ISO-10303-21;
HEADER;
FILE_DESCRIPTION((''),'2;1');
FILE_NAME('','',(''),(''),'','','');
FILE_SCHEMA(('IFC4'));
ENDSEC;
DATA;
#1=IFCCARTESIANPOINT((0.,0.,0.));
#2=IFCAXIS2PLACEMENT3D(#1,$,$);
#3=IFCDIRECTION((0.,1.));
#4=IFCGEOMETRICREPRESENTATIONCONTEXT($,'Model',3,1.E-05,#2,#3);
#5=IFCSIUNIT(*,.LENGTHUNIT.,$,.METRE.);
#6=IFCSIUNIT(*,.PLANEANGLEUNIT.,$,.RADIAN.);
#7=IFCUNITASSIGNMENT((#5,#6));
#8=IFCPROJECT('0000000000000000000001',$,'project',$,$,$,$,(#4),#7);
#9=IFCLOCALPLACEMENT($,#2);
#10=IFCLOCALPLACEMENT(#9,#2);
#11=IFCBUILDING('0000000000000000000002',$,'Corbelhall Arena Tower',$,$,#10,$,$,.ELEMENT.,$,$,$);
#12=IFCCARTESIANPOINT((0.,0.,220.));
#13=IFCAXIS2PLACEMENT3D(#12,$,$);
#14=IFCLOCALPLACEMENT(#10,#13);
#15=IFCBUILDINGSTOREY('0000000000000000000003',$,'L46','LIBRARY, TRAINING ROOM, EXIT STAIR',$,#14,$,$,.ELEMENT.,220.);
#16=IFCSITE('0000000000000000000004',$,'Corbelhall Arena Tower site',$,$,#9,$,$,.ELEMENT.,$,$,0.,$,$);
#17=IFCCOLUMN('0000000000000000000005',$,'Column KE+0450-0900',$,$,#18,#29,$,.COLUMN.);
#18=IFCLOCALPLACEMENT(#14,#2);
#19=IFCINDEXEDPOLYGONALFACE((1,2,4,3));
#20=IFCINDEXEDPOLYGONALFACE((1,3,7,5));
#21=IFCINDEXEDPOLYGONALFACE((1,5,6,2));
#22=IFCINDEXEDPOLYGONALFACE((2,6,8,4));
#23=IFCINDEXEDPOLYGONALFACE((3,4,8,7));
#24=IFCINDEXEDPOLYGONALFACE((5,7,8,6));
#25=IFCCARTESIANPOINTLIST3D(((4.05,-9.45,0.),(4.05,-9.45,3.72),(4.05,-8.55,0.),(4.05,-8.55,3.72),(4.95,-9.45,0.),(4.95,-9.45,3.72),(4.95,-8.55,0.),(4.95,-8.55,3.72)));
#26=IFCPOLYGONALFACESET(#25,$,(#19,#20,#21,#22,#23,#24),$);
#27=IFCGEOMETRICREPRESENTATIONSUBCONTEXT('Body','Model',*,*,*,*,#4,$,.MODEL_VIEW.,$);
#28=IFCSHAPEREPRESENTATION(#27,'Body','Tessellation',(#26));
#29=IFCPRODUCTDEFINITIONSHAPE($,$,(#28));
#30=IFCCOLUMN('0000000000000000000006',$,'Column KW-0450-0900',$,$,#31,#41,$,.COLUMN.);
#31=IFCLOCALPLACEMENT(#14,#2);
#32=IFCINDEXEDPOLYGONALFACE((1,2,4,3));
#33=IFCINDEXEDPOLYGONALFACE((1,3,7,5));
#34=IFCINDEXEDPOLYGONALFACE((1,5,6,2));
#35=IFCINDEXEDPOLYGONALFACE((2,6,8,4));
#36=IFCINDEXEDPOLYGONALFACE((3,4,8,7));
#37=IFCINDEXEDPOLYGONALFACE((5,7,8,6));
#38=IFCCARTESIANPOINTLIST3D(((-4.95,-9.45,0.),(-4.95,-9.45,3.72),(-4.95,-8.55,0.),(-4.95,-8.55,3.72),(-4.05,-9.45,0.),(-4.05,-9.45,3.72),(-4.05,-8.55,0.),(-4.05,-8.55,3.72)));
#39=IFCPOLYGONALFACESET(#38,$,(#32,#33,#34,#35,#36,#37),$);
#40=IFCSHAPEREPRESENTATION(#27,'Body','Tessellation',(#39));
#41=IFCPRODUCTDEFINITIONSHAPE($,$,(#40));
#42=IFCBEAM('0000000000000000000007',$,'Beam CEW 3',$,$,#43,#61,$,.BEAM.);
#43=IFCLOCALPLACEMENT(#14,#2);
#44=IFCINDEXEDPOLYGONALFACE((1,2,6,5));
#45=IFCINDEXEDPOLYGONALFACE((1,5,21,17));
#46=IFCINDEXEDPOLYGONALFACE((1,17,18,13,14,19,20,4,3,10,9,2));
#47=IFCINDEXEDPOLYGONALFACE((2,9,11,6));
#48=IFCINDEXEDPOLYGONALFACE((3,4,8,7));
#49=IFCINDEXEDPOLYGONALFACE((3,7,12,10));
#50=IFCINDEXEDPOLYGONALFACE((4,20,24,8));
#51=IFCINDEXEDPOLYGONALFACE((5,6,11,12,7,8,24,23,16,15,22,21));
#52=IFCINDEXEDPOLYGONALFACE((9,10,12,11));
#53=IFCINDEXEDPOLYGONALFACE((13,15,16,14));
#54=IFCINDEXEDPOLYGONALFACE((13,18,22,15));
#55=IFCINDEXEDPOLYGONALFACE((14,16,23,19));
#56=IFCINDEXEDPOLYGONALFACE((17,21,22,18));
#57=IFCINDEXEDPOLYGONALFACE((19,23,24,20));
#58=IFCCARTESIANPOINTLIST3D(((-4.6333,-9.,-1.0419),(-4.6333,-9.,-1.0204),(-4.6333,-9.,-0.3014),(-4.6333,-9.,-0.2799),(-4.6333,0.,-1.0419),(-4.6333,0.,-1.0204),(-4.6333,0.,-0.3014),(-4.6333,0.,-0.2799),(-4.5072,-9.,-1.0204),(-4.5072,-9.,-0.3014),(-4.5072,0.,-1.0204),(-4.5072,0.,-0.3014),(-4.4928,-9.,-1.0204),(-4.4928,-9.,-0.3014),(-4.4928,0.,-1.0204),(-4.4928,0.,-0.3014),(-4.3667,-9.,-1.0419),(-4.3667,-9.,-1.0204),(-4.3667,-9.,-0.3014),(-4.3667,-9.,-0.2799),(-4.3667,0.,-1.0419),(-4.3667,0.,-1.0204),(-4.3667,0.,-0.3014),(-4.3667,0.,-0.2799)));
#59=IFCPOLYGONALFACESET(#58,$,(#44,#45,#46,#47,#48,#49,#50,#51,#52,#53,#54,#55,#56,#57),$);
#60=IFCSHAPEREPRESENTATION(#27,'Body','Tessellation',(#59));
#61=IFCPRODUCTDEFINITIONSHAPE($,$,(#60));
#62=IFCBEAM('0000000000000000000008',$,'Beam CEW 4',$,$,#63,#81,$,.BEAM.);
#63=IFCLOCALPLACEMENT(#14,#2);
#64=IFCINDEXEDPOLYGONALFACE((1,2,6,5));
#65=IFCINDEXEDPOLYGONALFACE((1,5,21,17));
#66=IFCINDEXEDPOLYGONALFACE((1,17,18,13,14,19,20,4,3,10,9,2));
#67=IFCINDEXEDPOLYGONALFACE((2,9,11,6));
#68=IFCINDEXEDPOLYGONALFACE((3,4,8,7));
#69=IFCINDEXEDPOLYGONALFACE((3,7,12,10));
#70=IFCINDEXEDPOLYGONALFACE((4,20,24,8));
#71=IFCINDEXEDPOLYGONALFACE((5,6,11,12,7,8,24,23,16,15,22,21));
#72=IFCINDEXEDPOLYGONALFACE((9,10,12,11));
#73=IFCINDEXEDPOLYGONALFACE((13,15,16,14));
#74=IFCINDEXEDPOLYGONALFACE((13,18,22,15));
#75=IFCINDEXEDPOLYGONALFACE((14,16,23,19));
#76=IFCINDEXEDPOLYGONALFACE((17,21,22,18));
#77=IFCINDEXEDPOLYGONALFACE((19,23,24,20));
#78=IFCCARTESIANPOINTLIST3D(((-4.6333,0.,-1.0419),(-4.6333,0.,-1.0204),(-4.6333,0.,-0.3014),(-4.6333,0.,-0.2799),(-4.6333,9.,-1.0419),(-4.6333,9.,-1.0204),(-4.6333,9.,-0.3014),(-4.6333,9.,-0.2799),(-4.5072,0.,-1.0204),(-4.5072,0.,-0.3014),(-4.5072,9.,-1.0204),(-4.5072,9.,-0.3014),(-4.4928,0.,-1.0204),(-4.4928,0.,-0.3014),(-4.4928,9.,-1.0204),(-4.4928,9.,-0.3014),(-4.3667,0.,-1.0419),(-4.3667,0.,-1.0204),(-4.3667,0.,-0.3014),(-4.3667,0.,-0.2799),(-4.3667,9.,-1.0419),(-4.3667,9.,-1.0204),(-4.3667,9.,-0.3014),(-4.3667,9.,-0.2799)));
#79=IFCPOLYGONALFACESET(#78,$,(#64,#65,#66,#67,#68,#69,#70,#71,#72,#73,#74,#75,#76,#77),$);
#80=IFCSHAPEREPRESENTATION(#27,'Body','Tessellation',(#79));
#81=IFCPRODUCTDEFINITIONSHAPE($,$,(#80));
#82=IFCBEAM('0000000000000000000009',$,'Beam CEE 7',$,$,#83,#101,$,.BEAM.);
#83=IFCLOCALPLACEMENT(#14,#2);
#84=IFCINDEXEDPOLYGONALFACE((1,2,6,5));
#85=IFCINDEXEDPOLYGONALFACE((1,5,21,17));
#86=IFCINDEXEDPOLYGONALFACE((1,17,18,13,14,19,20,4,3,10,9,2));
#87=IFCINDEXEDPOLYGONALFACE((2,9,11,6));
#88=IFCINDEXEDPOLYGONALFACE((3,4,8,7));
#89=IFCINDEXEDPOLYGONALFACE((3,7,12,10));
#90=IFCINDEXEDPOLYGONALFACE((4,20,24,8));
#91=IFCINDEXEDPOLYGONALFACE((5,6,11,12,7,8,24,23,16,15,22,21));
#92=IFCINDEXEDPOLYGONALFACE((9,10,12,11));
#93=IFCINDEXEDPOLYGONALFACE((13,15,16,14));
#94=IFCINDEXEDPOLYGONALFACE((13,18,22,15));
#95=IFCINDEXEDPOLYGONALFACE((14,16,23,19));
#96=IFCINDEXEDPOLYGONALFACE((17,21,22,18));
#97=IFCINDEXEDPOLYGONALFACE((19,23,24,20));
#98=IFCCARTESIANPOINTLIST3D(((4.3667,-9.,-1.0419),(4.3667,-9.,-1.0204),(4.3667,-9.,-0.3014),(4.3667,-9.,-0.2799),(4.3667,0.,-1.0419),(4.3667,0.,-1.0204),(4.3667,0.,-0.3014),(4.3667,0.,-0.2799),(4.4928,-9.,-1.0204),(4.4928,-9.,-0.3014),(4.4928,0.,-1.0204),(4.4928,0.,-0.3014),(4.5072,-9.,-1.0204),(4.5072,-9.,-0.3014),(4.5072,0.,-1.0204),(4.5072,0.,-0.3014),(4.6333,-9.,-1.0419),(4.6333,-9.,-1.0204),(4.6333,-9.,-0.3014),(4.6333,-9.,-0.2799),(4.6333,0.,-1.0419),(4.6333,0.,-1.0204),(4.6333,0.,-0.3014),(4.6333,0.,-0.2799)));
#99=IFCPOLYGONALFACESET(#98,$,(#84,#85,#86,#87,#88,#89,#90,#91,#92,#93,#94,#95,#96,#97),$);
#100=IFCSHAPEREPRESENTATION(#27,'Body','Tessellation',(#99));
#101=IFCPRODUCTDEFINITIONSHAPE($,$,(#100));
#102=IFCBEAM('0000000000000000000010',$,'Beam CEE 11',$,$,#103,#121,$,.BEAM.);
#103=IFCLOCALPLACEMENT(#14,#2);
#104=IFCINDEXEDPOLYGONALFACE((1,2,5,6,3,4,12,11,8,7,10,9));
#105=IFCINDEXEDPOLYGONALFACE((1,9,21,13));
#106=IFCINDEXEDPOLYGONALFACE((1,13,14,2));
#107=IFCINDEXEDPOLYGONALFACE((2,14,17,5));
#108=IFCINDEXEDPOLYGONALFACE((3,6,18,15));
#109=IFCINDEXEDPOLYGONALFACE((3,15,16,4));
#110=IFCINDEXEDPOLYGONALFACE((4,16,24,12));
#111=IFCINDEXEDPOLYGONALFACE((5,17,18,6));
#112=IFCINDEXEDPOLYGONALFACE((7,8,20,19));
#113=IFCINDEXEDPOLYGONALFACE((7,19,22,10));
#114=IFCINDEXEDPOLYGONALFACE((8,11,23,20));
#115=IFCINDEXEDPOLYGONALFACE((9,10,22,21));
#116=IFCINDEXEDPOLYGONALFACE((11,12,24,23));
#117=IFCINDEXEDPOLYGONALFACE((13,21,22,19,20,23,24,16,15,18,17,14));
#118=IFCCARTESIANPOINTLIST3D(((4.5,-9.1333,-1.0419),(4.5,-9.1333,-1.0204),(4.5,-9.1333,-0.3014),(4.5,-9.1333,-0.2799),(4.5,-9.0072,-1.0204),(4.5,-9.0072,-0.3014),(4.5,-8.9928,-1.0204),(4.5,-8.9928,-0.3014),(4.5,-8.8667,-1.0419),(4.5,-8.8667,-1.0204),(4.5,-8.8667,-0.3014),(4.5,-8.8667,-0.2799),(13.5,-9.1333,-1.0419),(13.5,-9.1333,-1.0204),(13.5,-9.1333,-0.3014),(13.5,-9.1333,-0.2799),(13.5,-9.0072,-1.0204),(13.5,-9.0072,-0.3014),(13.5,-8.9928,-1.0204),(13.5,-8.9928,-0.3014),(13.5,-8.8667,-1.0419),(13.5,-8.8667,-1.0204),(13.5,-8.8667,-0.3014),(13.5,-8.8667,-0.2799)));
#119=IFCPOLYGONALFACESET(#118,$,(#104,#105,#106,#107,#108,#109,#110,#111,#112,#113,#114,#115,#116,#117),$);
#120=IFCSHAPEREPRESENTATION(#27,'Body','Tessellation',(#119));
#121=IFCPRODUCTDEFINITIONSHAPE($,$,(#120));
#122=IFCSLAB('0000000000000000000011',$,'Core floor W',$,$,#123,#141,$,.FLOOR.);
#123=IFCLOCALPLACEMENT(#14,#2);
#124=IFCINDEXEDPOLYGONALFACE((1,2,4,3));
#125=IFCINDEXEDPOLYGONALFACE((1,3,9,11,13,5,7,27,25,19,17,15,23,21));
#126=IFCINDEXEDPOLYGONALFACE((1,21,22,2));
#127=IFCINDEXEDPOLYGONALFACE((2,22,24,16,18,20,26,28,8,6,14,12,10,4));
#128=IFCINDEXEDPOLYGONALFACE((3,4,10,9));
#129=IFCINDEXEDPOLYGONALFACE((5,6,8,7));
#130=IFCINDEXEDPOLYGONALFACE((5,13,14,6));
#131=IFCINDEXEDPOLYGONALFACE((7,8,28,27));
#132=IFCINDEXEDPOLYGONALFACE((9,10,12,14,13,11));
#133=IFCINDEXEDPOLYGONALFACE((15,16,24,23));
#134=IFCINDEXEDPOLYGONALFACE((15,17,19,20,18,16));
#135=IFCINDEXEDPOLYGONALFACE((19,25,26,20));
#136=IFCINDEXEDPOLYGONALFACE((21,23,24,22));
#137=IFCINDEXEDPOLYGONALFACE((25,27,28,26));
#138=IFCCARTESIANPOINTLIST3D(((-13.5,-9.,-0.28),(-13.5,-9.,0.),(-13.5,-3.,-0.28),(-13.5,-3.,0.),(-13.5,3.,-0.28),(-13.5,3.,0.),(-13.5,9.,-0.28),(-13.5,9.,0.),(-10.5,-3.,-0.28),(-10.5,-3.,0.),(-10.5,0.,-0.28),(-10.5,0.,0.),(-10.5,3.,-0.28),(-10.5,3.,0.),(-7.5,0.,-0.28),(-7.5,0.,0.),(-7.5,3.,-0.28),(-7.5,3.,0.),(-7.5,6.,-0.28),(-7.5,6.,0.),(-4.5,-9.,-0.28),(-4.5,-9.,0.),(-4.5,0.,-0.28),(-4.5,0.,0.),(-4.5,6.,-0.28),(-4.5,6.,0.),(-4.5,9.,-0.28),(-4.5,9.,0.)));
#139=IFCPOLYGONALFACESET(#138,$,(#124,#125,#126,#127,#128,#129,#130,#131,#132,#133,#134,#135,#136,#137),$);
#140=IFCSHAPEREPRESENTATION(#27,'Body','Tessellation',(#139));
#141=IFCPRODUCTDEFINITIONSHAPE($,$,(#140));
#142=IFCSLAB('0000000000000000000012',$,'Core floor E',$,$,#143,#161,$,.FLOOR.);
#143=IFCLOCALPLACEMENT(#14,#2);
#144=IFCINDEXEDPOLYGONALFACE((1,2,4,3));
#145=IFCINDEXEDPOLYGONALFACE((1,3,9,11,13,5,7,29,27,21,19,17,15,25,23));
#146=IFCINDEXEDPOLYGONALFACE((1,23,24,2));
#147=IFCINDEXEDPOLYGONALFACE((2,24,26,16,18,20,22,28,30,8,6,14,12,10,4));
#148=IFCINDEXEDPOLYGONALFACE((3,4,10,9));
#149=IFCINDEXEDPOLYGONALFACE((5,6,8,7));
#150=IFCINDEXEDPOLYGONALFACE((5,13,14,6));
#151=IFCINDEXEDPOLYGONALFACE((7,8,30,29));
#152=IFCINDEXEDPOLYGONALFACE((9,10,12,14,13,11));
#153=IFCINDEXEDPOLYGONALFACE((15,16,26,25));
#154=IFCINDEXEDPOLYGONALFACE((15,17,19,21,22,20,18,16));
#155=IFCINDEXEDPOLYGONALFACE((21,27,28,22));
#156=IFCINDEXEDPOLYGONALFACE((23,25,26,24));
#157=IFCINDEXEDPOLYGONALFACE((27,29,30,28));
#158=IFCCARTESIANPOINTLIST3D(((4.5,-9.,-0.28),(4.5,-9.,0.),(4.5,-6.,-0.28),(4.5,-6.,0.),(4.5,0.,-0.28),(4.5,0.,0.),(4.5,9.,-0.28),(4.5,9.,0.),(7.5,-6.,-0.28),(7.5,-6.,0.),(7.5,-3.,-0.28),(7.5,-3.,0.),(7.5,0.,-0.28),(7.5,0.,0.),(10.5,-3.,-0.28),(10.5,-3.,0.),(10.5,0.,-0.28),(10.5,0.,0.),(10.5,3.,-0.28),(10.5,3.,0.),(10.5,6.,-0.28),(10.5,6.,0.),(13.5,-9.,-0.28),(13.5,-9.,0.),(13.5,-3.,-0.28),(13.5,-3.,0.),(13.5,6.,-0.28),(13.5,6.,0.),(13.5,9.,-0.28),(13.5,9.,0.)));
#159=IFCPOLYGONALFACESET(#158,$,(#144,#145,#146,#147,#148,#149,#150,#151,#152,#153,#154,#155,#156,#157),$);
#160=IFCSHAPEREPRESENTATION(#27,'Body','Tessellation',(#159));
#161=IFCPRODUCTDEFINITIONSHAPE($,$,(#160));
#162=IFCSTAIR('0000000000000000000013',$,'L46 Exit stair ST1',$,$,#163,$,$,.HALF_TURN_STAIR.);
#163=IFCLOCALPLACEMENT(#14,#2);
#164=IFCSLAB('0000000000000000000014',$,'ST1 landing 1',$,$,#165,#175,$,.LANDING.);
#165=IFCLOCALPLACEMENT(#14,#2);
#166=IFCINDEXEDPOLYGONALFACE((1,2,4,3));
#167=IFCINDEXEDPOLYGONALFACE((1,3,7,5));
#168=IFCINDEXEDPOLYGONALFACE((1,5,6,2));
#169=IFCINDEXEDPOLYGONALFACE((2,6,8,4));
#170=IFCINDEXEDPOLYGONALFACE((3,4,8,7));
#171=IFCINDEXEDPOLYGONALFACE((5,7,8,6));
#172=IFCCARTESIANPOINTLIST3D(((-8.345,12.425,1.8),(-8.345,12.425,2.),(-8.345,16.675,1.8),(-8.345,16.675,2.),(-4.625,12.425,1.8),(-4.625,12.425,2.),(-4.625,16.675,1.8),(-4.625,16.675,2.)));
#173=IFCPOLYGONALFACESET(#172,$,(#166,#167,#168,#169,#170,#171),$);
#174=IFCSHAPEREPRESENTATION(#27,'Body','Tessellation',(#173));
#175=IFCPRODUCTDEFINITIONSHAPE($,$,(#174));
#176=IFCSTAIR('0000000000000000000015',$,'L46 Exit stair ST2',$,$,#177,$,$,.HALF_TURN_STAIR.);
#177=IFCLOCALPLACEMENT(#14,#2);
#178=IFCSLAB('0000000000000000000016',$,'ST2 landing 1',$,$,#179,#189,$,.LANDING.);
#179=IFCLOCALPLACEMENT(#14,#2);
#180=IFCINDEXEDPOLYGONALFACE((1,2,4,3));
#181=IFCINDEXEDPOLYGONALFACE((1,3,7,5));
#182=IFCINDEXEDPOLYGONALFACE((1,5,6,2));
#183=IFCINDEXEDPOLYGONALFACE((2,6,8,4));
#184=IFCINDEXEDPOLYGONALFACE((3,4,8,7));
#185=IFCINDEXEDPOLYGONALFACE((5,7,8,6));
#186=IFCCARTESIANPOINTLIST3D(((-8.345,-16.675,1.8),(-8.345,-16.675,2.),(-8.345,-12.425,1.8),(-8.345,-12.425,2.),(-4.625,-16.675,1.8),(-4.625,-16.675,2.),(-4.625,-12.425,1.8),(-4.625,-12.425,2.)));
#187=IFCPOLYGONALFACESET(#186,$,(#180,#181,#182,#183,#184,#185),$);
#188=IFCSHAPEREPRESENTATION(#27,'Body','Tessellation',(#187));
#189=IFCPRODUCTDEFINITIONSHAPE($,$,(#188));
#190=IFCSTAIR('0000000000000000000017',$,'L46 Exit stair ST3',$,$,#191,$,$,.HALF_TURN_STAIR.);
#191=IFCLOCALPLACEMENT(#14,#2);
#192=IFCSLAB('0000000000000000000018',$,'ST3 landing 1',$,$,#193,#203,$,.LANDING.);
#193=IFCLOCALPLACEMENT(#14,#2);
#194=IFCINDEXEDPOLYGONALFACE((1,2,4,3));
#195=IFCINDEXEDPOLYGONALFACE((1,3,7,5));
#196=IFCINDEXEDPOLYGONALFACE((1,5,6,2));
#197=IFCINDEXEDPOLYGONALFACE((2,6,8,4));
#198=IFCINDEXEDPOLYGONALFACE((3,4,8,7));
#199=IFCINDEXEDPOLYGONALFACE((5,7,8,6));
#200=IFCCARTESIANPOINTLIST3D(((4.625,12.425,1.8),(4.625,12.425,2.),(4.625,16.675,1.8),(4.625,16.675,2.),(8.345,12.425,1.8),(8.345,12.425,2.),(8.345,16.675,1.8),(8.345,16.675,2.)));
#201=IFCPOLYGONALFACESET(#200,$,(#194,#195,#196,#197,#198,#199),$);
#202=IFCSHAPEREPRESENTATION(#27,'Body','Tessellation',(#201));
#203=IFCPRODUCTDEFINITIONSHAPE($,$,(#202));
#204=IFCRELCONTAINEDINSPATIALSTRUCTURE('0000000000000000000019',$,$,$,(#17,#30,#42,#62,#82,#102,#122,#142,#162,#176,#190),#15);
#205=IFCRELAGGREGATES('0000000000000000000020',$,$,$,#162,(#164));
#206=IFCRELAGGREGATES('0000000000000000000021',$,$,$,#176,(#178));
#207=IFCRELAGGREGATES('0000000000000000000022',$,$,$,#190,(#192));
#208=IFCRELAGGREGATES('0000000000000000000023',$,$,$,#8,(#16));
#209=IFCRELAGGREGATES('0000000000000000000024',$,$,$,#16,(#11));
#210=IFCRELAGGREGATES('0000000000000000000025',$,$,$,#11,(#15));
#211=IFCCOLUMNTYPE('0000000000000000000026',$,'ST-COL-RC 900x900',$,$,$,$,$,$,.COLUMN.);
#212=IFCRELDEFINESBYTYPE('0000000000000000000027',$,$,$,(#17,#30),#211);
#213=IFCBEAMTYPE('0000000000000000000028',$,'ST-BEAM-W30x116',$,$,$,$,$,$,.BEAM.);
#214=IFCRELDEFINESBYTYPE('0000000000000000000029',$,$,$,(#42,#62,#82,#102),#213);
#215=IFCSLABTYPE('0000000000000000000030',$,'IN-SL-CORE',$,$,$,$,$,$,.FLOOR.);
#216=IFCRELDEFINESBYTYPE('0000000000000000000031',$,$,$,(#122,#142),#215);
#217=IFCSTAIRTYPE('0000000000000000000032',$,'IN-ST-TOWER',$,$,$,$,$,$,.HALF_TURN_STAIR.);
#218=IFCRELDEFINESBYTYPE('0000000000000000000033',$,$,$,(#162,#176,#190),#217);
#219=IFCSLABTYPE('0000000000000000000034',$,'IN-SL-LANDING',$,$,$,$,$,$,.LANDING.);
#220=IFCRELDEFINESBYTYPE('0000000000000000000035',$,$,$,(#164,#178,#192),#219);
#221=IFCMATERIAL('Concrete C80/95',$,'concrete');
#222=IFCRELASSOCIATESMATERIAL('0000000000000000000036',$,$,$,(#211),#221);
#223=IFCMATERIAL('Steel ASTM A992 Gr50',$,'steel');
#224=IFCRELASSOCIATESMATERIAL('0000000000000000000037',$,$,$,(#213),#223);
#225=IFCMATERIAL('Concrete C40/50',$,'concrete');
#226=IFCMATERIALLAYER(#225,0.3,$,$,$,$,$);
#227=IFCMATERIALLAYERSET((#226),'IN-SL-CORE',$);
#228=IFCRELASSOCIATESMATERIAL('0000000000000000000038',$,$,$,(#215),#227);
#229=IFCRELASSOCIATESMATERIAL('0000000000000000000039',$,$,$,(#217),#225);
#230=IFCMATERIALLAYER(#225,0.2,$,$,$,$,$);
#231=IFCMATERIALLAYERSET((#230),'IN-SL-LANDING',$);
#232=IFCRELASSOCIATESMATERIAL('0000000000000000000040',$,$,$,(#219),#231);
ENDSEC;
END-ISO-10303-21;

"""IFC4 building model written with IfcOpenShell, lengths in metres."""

from ifc_helpers import new_model, si_unit, direction, frame, origin, origin_2d, place, context, subcontext, project, spatial, polyline, rectangle, i_section, outline, extrude, material, layer, layer_set, material_profile, profile_set, type_object, element, aggregate, save


model = new_model("IFC4")

# Units and contexts
model_context = context("Model", 3, precision=1e-05, world=origin(), true_north=direction((0.0, 1.0)))
body_context = subcontext(model_context, "Body", "Model", "MODEL_VIEW")
ifc_project = project(units=[si_unit("LENGTHUNIT", "METRE"), si_unit("PLANEANGLEUNIT", "RADIAN")], contexts=[model_context])

# Site, building, storey
site_placement = place(None, origin())
site = spatial("IfcSite", under=ifc_project, at=site_placement, Name="Corbelhall Arena Tower site", CompositionType="ELEMENT", RefElevation=0.0)
building_placement = place(site_placement, origin())
building = spatial("IfcBuilding", under=site, at=building_placement, Name="Corbelhall Arena Tower", CompositionType="ELEMENT")
storey_placement = place(building_placement, frame((0.0, 0.0, 220.0)))
storey = spatial("IfcBuildingStorey", under=building, at=storey_placement, Name="L46", Description="LIBRARY, TRAINING ROOM, EXIT STAIR", CompositionType="ELEMENT", Elevation=220.0)

# Columns
ifc_material_1 = material(Name="Concrete C80/95", Category="concrete")
ifc_material_profile_1 = material_profile(ifc_material_1, rectangle(XDim=0.8999, YDim=0.8999, at=origin_2d()))
ifc_profile_set_1 = profile_set([ifc_material_profile_1], Name="Concrete C80/95")
column_type = type_object("IfcColumnType", Name="ST-COL-RC 900x900", PredefinedType="COLUMN", material=ifc_profile_set_1)
for number, where, z_axis, x_axis, name in (
    (1, (4.5, -9.0, 0.0), (0.0, 0.0, 1.0), (1.0, 0.0, 0.0), "Column KE+0450-0900"),
    (2, (-4.5, -9.0, 0.0), (0.0, 0.0, 1.0), (1.0, 0.0, 0.0), "Column KW-0450-0900"),
):
    element("IfcColumn", number, at=place(storey_placement, frame(where, z_axis=z_axis, x_axis=x_axis)), inside=storey, type_object=column_type, Name=name, PredefinedType="COLUMN", context=body_context, shape_type="SweptSolid", body=[
        extrude(rectangle(XDim=0.8999, YDim=0.8999, at=origin_2d()), origin(), (0.0, 0.0, 1.0), 3.72),
    ])

# Beams
ifc_material_2 = material(Name="Steel ASTM A992 Gr50", Category="steel")
ifc_material_profile_2 = material_profile(ifc_material_2, i_section(OverallWidth=0.2666, OverallDepth=0.762, WebThickness=0.0144, FlangeThickness=0.0215, at=origin_2d()))
ifc_profile_set_2 = profile_set([ifc_material_profile_2], Name="Steel ASTM A992 Gr50")
beam_type = type_object("IfcBeamType", Name="ST-BEAM-W30x116", PredefinedType="BEAM", material=ifc_profile_set_2)
for number, where, z_axis, x_axis, name in (
    (3, (-4.5, -9.0, -0.6609), (0.0, 1.0, 0.0), (-1.0, 0.0, 0.0), "Beam CEW 3"),
    (4, (-4.5, 0.0, -0.6609), (0.0, 1.0, 0.0), (-1.0, 0.0, 0.0), "Beam CEW 4"),
    (5, (4.5, -9.0, -0.6609), (0.0, 1.0, 0.0), (-1.0, 0.0, 0.0), "Beam CEE 7"),
    (6, (4.5, -9.0, -0.6609), (1.0, 0.0, 0.0), (0.0, 1.0, 0.0), "Beam CEE 11"),
):
    element("IfcBeam", number, at=place(storey_placement, frame(where, z_axis=z_axis, x_axis=x_axis)), inside=storey, type_object=beam_type, Name=name, PredefinedType="BEAM", context=body_context, shape_type="SweptSolid", body=[
        extrude(i_section(OverallWidth=0.2666, OverallDepth=0.762, WebThickness=0.0144, FlangeThickness=0.0215, at=origin_2d()), origin(), (0.0, 0.0, 1.0), 9.0),
    ])

# Slabs
ifc_material_3 = material(Name="Concrete C40/50", Category="concrete")
ifc_layer_1 = layer(ifc_material_3, 0.3)
ifc_layer_set_1 = layer_set([ifc_layer_1], Name="IN-SL-CORE")
slab_type_1 = type_object("IfcSlabType", Name="IN-SL-CORE", PredefinedType="FLOOR", material=ifc_layer_set_1)
slab_1_placement = place(storey_placement, frame((0.0, 0.0, -0.28)))
element("IfcSlab", 7, at=slab_1_placement, inside=storey, type_object=slab_type_1, Name="Core floor W", PredefinedType="FLOOR", context=body_context, shape_type="SweptSolid", body=[
    extrude(outline(polyline([(-10.5, -3.0), (-13.5, -3.0), (-13.5, -9.0), (-4.5, -9.0), (-4.5, 0.0), (-7.5, 0.0), (-7.5, 3.0), (-7.5, 6.0), (-4.5, 6.0), (-4.5, 9.0), (-13.5, 9.0), (-13.5, 3.0), (-10.5, 3.0), (-10.5, 0.0), (-10.5, -3.0)])), origin(), (0.0, 0.0, 1.0), 0.28),
])
slab_2_placement = place(storey_placement, frame((0.0, 0.0, -0.28)))
element("IfcSlab", 8, at=slab_2_placement, inside=storey, type_object=slab_type_1, Name="Core floor E", PredefinedType="FLOOR", context=body_context, shape_type="SweptSolid", body=[
    extrude(outline(polyline([(13.5, -3.0), (10.5, -3.0), (10.5, 0.0), (10.5, 3.0), (10.5, 6.0), (13.5, 6.0), (13.5, 9.0), (4.5, 9.0), (4.5, 0.0), (7.5, 0.0), (7.5, -3.0), (7.5, -6.0), (4.5, -6.0), (4.5, -9.0), (13.5, -9.0), (13.5, -3.0)])), origin(), (0.0, 0.0, 1.0), 0.28),
])

# Stairs, slabs
stair_type = type_object("IfcStairType", Name="IN-ST-TOWER", PredefinedType="HALF_TURN_STAIR", material=ifc_material_3)
stair_1_placement = place(storey_placement, origin())
stair_1 = element("IfcStair", 9, at=stair_1_placement, inside=storey, type_object=stair_type, Name="L46 Exit stair ST1", PredefinedType="HALF_TURN_STAIR")
ifc_layer_2 = layer(ifc_material_3, 0.2)
ifc_layer_set_2 = layer_set([ifc_layer_2], Name="IN-SL-LANDING")
slab_type_2 = type_object("IfcSlabType", Name="IN-SL-LANDING", PredefinedType="LANDING", material=ifc_layer_set_2)
slab_3_placement = place(storey_placement, frame((0.0, 0.0, 1.8)))
slab_3 = element("IfcSlab", 10, at=slab_3_placement, type_object=slab_type_2, Name="ST1 landing 1", PredefinedType="LANDING", context=body_context, shape_type="SweptSolid", body=[
    extrude(outline(polyline([(-8.345, 12.425), (-4.625, 12.425), (-4.625, 16.675), (-8.345, 16.675), (-8.345, 12.425)])), origin(), (0.0, 0.0, 1.0), 0.2),
])
aggregate(stair_1, [slab_3])
stair_2_placement = place(storey_placement, origin())
stair_2 = element("IfcStair", 11, at=stair_2_placement, inside=storey, type_object=stair_type, Name="L46 Exit stair ST2", PredefinedType="HALF_TURN_STAIR")
slab_4_placement = place(storey_placement, frame((0.0, 0.0, 1.8)))
slab_4 = element("IfcSlab", 12, at=slab_4_placement, type_object=slab_type_2, Name="ST2 landing 1", PredefinedType="LANDING", context=body_context, shape_type="SweptSolid", body=[
    extrude(outline(polyline([(-8.345, -16.675), (-4.625, -16.675), (-4.625, -12.425), (-8.345, -12.425), (-8.345, -16.675)])), origin(), (0.0, 0.0, 1.0), 0.2),
])
aggregate(stair_2, [slab_4])
stair_3_placement = place(storey_placement, origin())
stair_3 = element("IfcStair", 13, at=stair_3_placement, inside=storey, type_object=stair_type, Name="L46 Exit stair ST3", PredefinedType="HALF_TURN_STAIR")
slab_5_placement = place(storey_placement, frame((0.0, 0.0, 1.8)))
slab_5 = element("IfcSlab", 14, at=slab_5_placement, type_object=slab_type_2, Name="ST3 landing 1", PredefinedType="LANDING", context=body_context, shape_type="SweptSolid", body=[
    extrude(outline(polyline([(8.345, 16.675), (4.625, 16.675), (4.625, 12.425), (8.345, 12.425), (8.345, 16.675)])), origin(), (0.0, 0.0, 1.0), 0.2),
])
aggregate(stair_3, [slab_5])

save(model, "model.ifc")
